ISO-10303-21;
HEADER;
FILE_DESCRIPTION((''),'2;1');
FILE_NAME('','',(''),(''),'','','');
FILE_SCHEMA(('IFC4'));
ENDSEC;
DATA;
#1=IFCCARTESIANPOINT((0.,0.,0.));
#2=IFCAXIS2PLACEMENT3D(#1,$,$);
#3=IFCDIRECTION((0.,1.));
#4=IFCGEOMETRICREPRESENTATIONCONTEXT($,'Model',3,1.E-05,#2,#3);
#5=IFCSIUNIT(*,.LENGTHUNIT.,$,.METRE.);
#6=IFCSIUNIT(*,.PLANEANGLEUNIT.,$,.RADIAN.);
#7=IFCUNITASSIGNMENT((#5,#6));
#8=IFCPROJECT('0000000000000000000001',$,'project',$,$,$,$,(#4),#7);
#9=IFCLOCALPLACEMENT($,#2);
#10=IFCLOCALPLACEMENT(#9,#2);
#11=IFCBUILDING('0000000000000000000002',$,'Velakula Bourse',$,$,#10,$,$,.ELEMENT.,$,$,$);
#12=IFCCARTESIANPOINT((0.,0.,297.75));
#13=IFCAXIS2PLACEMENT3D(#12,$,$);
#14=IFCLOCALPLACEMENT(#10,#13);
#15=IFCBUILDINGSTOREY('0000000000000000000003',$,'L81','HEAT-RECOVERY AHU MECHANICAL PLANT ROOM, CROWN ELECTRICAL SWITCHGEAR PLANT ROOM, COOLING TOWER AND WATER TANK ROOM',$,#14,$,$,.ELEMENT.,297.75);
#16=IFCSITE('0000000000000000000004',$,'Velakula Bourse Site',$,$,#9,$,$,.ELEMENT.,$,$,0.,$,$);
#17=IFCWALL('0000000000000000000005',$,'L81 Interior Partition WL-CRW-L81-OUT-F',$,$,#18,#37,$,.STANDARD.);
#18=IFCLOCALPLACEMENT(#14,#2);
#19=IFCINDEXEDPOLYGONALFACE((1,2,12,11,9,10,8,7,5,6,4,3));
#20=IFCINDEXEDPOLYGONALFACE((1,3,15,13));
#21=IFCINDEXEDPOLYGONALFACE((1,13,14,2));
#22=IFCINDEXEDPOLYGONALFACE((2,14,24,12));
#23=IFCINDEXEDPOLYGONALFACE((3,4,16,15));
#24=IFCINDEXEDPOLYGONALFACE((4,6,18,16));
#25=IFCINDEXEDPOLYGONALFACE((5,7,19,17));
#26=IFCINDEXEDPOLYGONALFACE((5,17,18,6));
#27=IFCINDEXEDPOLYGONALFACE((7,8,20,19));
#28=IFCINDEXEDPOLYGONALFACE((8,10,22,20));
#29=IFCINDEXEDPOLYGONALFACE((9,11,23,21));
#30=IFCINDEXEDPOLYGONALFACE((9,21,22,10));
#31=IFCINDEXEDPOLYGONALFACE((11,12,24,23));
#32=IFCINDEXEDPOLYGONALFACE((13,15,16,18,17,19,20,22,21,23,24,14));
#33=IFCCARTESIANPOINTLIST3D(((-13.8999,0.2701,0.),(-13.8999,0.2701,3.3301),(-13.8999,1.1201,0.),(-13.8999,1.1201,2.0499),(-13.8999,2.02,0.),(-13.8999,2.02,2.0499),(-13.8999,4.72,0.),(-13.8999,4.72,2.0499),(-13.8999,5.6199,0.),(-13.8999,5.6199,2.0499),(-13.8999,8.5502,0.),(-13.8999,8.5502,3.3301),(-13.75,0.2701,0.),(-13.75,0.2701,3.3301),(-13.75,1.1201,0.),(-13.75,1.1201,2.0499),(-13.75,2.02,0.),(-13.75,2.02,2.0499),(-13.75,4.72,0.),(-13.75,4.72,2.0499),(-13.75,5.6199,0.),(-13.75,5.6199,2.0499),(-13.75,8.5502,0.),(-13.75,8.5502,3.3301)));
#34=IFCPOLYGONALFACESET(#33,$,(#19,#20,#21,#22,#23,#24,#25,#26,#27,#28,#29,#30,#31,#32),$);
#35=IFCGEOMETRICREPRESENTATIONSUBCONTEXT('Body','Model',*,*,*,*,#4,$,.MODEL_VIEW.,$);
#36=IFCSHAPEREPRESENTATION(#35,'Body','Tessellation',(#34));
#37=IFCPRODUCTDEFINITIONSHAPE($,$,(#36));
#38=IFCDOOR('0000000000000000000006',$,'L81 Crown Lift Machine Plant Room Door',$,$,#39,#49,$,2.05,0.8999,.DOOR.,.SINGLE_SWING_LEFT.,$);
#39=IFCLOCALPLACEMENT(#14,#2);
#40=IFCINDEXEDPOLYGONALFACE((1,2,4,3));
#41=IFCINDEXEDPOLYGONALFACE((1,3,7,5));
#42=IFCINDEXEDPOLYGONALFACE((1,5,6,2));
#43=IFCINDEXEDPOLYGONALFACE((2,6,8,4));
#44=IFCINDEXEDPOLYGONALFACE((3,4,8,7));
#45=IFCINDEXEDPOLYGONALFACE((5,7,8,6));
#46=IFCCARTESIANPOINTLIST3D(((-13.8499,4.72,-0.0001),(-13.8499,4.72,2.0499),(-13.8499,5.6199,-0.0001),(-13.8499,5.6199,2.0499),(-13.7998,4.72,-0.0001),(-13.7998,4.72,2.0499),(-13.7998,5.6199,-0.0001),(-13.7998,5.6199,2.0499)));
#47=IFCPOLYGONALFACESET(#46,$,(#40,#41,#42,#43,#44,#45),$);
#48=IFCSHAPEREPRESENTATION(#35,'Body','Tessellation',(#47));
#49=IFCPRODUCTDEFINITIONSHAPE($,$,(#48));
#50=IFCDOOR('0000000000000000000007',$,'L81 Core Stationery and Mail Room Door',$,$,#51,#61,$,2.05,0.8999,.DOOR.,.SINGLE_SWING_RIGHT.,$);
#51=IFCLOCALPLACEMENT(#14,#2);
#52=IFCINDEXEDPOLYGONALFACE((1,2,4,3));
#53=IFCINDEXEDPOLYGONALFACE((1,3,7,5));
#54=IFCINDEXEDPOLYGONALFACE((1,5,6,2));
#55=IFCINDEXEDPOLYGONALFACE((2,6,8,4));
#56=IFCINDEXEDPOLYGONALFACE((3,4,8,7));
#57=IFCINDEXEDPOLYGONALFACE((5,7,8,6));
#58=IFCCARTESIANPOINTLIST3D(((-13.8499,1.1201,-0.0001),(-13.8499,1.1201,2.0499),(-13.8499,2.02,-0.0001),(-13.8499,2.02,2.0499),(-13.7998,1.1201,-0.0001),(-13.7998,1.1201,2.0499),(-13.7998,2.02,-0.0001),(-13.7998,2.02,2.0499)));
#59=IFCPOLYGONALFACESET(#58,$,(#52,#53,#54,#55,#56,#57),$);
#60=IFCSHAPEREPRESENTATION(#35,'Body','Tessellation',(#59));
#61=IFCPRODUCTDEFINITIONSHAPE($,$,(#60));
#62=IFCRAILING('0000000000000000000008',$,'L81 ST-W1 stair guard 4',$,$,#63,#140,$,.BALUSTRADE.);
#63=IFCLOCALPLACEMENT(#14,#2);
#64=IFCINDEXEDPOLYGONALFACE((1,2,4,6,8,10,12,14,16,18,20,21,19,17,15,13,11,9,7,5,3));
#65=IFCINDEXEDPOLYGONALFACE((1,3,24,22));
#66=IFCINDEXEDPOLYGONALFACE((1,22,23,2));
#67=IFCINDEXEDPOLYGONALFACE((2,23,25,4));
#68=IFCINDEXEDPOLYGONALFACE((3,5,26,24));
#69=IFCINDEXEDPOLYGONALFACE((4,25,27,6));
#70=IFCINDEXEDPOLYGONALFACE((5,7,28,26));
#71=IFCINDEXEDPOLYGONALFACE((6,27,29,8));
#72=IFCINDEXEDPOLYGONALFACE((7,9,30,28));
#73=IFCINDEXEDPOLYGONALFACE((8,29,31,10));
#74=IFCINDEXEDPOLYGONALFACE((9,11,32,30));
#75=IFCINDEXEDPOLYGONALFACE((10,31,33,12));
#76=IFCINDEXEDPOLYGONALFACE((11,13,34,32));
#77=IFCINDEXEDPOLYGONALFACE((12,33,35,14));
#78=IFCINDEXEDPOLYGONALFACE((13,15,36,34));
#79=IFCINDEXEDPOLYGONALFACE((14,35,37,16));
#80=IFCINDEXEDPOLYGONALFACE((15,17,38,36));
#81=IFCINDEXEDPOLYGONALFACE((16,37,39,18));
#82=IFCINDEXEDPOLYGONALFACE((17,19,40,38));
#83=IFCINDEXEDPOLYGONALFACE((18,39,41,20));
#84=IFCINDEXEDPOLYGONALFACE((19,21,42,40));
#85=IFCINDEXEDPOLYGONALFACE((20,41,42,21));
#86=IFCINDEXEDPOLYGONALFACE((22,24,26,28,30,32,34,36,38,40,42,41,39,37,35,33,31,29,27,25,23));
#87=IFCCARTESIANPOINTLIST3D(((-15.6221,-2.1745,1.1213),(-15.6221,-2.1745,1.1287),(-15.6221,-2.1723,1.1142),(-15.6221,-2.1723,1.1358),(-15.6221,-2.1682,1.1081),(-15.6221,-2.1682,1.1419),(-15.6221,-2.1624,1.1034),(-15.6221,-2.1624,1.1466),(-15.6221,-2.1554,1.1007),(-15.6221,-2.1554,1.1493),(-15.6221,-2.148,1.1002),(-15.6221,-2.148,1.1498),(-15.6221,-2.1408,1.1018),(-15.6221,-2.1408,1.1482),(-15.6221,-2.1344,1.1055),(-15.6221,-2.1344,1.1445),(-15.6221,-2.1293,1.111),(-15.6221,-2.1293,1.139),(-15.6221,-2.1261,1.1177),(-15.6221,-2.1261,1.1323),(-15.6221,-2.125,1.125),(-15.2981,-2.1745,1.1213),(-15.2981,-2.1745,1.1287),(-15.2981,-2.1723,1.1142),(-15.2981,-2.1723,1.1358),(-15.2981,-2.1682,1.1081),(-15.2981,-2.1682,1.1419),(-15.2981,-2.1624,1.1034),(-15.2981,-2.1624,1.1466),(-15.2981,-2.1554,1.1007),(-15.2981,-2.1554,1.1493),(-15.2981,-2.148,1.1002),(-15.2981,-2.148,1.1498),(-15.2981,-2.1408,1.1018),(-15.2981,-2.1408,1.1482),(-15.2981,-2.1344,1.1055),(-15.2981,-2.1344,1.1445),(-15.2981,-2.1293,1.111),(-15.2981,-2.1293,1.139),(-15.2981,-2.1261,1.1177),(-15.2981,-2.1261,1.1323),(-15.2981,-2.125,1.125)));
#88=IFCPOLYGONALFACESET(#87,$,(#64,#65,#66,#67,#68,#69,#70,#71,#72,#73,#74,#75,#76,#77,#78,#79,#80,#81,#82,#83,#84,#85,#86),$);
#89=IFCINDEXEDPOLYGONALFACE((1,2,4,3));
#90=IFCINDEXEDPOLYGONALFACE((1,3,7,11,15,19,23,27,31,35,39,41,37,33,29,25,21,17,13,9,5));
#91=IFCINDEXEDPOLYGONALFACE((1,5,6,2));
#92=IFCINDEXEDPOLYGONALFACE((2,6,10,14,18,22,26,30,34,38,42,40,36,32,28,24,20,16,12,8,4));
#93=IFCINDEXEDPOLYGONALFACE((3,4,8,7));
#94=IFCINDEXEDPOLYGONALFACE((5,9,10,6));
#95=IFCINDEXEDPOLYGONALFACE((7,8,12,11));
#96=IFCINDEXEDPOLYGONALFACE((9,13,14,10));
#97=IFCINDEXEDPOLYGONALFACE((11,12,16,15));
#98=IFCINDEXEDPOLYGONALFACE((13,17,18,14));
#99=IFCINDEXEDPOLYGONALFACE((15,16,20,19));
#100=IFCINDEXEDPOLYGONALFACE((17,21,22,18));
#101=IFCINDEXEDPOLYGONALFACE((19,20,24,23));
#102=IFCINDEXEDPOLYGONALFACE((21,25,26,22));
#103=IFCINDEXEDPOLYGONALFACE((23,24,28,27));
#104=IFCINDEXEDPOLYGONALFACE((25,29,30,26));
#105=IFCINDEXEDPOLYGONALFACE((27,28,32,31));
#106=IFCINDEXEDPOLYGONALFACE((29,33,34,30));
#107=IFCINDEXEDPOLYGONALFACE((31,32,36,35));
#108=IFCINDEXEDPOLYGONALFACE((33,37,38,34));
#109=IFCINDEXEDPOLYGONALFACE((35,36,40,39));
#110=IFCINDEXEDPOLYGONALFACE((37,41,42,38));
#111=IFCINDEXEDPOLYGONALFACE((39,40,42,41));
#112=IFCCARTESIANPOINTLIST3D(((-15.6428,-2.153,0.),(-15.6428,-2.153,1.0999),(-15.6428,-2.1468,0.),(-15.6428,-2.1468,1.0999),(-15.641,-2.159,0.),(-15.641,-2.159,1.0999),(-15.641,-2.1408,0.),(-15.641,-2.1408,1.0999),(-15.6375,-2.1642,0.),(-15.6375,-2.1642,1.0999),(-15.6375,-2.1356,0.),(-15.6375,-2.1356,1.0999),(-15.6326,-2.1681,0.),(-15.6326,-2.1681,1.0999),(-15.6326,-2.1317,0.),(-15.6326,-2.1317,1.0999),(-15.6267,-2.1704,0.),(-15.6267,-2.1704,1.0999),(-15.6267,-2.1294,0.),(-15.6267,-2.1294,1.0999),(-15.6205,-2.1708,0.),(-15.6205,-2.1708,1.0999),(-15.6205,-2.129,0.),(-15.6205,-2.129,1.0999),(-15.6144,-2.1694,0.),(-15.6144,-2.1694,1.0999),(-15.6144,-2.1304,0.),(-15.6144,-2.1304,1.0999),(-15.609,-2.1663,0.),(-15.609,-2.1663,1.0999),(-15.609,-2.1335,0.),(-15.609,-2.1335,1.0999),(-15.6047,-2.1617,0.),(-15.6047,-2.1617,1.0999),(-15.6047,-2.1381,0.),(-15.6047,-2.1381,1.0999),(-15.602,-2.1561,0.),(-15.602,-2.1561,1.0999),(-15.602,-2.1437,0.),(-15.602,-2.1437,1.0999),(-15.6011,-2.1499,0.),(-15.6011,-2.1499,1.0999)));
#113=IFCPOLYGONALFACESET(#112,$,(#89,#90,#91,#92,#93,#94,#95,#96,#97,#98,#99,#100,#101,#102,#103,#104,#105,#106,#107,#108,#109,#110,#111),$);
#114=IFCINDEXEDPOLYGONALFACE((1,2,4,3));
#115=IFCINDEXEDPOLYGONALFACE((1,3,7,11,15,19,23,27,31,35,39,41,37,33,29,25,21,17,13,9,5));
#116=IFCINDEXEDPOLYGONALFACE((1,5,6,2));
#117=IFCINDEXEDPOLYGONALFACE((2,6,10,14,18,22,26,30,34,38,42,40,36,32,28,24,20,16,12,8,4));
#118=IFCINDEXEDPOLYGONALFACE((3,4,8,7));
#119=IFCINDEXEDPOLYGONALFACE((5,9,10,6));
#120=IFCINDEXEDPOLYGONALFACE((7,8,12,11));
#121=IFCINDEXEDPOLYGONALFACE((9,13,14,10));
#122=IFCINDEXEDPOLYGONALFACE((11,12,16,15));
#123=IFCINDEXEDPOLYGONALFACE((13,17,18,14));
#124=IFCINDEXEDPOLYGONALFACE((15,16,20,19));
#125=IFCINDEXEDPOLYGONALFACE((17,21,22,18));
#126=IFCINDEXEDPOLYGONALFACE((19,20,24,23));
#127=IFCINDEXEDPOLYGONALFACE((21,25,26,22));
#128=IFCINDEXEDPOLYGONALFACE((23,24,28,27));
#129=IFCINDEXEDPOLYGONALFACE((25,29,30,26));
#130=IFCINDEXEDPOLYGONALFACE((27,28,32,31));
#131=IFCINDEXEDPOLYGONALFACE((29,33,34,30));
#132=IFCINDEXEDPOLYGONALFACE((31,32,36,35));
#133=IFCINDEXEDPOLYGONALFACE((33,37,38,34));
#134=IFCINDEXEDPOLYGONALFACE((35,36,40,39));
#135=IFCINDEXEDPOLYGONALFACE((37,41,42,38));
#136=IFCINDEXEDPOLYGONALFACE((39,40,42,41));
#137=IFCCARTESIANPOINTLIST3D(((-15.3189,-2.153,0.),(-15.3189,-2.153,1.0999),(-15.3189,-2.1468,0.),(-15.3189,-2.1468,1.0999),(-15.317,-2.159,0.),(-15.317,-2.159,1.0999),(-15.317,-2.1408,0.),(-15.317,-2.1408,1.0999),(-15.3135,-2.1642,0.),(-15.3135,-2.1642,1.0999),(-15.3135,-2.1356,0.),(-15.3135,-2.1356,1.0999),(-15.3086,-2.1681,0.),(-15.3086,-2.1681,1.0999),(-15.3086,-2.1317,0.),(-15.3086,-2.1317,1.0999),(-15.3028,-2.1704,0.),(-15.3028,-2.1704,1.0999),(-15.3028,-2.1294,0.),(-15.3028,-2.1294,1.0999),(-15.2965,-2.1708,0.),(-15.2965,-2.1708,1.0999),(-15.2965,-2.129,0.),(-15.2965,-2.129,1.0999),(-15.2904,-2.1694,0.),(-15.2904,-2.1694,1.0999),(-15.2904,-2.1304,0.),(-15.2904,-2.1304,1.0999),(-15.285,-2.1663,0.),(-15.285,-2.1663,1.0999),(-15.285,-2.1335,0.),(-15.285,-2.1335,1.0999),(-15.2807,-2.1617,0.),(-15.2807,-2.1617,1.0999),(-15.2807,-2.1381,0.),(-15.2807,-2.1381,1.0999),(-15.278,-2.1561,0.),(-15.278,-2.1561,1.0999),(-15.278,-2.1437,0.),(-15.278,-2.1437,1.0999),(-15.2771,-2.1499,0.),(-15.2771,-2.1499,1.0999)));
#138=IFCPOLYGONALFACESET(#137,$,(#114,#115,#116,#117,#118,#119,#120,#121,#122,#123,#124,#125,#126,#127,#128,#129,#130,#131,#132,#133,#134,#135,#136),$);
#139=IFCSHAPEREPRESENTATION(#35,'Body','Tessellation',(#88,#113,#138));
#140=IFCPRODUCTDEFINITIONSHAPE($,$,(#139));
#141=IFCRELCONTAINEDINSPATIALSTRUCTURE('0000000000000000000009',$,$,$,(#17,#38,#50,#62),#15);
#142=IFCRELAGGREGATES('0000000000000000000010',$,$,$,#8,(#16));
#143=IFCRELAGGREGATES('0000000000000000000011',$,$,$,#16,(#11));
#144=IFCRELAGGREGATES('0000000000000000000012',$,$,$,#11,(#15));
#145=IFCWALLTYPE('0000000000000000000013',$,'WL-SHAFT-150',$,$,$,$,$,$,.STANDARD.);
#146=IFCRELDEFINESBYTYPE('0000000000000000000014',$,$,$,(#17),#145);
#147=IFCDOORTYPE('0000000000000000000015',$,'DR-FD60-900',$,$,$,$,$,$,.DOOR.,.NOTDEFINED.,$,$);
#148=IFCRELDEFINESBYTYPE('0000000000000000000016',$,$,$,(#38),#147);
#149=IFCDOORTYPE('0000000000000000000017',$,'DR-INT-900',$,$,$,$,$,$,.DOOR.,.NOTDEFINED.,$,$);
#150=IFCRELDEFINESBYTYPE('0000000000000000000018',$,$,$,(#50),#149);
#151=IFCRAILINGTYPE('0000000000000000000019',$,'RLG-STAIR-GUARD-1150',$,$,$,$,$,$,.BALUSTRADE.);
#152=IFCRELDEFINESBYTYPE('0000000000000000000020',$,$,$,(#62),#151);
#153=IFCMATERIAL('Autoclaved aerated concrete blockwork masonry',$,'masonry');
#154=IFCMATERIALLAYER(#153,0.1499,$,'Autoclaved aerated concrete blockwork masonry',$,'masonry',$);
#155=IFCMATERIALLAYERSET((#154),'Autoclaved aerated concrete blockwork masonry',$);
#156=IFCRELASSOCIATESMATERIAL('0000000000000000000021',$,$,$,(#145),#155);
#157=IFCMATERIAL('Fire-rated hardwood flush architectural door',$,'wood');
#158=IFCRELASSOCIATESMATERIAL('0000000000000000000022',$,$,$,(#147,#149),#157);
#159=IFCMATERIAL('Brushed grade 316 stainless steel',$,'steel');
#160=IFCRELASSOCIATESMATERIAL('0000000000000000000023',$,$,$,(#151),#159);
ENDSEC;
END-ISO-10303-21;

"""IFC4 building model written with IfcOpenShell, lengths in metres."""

from ifc_helpers import new_model, si_unit, direction, frame, frame_2d, origin, origin_2d, place, context, subcontext, project, spatial, rectangle, circle, extrude, material, layer, layer_set, type_object, element, fill, save


model = new_model("IFC4")

# Units and contexts
model_context = context("Model", 3, precision=1e-05, world=origin(), true_north=direction((0.0, 1.0)))
body_context = subcontext(model_context, "Body", "Model", "MODEL_VIEW")
ifc_project = project(units=[si_unit("LENGTHUNIT", "METRE"), si_unit("PLANEANGLEUNIT", "RADIAN")], contexts=[model_context])

# Site, building, storey
site_placement = place(None, origin())
site = spatial("IfcSite", under=ifc_project, at=site_placement, Name="Velakula Bourse Site", CompositionType="ELEMENT", RefElevation=0.0)
building_placement = place(site_placement, origin())
building = spatial("IfcBuilding", under=site, at=building_placement, Name="Velakula Bourse", CompositionType="ELEMENT")
storey_placement = place(building_placement, frame((0.0, 0.0, 297.75)))
storey = spatial("IfcBuildingStorey", under=building, at=storey_placement, Name="L81", Description="HEAT-RECOVERY AHU MECHANICAL PLANT ROOM, CROWN ELECTRICAL SWITCHGEAR PLANT ROOM, COOLING TOWER AND WATER TANK ROOM", CompositionType="ELEMENT", Elevation=297.75)

# Shared definitions
ifc_material_1 = material(Name="Fire-rated hardwood flush architectural door", Category="wood")

# Wall, openings, doors
ifc_material_2 = material(Name="Autoclaved aerated concrete blockwork masonry", Category="masonry")
ifc_layer_1 = layer(ifc_material_2, 0.1499, Name="Autoclaved aerated concrete blockwork masonry", Category="masonry")
ifc_layer_set_1 = layer_set([ifc_layer_1], Name="Autoclaved aerated concrete blockwork masonry")
wall_type_1 = type_object("IfcWallType", Name="WL-SHAFT-150", PredefinedType="STANDARD", material=ifc_layer_set_1)
wall_1_placement = place(storey_placement, frame((-13.825, 0.27, 0.0), z_axis=(0.0, 0.0, 1.0), x_axis=(0.0, 1.0, 0.0)))
wall_1 = element("IfcWall", 1, at=wall_1_placement, inside=storey, type_object=wall_type_1, Name="L81 Interior Partition WL-CRW-L81-OUT-F", PredefinedType="STANDARD", context=body_context, shape_type="SweptSolid", body=[
    extrude(rectangle(XDim=8.28, YDim=0.1499, at=frame_2d((4.1401, 0.0))), origin(), (0.0, 0.0, 1.0), 3.3301),
])
opening_1_placement = place(wall_1_placement, frame((4.45, 0.0, 0.0)))
opening_1 = element("IfcOpeningElement", 2, at=opening_1_placement, cuts=wall_1, PredefinedType="OPENING", context=body_context, shape_type="SweptSolid", body=[
    extrude(rectangle(XDim=0.8999, YDim=2.05, at=frame_2d((0.45, 1.0249))), frame((0.0, 0.085, 0.0), z_axis=(0.0, -1.0, 0.0), x_axis=(1.0, 0.0, 0.0)), (0.0, 0.0, 1.0), 0.1699),
])
opening_2_placement = place(wall_1_placement, frame((0.8501, 0.0, 0.0)))
opening_2 = element("IfcOpeningElement", 3, at=opening_2_placement, cuts=wall_1, PredefinedType="OPENING", context=body_context, shape_type="SweptSolid", body=[
    extrude(rectangle(XDim=0.8999, YDim=2.05, at=frame_2d((0.45, 1.0249))), frame((0.0, 0.085, 0.0), z_axis=(0.0, -1.0, 0.0), x_axis=(1.0, 0.0, 0.0)), (0.0, 0.0, 1.0), 0.1699),
])
door_type_1 = type_object("IfcDoorType", Name="DR-FD60-900", OperationType="NOTDEFINED", PredefinedType="DOOR", material=ifc_material_1)
door_1_placement = place(opening_1_placement, origin())
door_1 = element("IfcDoor", 4, at=door_1_placement, inside=storey, type_object=door_type_1, Name="L81 Crown Lift Machine Plant Room Door", OperationType="SINGLE_SWING_LEFT", OverallHeight=2.05, OverallWidth=0.8999, PredefinedType="DOOR", context=body_context, shape_type="SweptSolid", body=[
    extrude(rectangle(XDim=0.8999, YDim=2.05, at=frame_2d((0.45, 1.0249))), frame((0.0, 0.0249, 0.0), z_axis=(0.0, -1.0, 0.0), x_axis=(1.0, 0.0, 0.0)), (0.0, 0.0, 1.0), 0.05),
])
fill(opening_1, door_1)
door_type_2 = type_object("IfcDoorType", Name="DR-INT-900", OperationType="NOTDEFINED", PredefinedType="DOOR", material=ifc_material_1)
door_2_placement = place(opening_2_placement, origin())
door_2 = element("IfcDoor", 5, at=door_2_placement, inside=storey, type_object=door_type_2, Name="L81 Core Stationery and Mail Room Door", OperationType="SINGLE_SWING_RIGHT", OverallHeight=2.05, OverallWidth=0.8999, PredefinedType="DOOR", context=body_context, shape_type="SweptSolid", body=[
    extrude(rectangle(XDim=0.8999, YDim=2.05, at=frame_2d((0.45, 1.0249))), frame((0.0, 0.0249, 0.0), z_axis=(0.0, -1.0, 0.0), x_axis=(1.0, 0.0, 0.0)), (0.0, 0.0, 1.0), 0.05),
])
fill(opening_2, door_2)

# Railing
ifc_material_3 = material(Name="Brushed grade 316 stainless steel", Category="steel")
railing_type = type_object("IfcRailingType", Name="RLG-STAIR-GUARD-1150", PredefinedType="BALUSTRADE", material=ifc_material_3)
railing_placement = place(storey_placement, frame((-15.6221, -2.1499, 0.0)))
element("IfcRailing", 6, at=railing_placement, inside=storey, type_object=railing_type, Name="L81 ST-W1 stair guard 4", PredefinedType="BALUSTRADE", context=body_context, shape_type="SweptSolid", body=[
    extrude(circle(Radius=0.0249, at=origin_2d()), frame((0.0, 0.0, 1.125), z_axis=(1.0, 0.0, 0.0), x_axis=(0.0, 1.0, 0.0)), (0.0, 0.0, 1.0), 0.324),
    extrude(circle(Radius=0.021, at=origin_2d()), origin(), (0.0, 0.0, 1.0), 1.0999),
    extrude(circle(Radius=0.021, at=origin_2d()), frame((0.324, 0.0, 0.0)), (0.0, 0.0, 1.0), 1.0999),
])

save(model, "model.ifc")
